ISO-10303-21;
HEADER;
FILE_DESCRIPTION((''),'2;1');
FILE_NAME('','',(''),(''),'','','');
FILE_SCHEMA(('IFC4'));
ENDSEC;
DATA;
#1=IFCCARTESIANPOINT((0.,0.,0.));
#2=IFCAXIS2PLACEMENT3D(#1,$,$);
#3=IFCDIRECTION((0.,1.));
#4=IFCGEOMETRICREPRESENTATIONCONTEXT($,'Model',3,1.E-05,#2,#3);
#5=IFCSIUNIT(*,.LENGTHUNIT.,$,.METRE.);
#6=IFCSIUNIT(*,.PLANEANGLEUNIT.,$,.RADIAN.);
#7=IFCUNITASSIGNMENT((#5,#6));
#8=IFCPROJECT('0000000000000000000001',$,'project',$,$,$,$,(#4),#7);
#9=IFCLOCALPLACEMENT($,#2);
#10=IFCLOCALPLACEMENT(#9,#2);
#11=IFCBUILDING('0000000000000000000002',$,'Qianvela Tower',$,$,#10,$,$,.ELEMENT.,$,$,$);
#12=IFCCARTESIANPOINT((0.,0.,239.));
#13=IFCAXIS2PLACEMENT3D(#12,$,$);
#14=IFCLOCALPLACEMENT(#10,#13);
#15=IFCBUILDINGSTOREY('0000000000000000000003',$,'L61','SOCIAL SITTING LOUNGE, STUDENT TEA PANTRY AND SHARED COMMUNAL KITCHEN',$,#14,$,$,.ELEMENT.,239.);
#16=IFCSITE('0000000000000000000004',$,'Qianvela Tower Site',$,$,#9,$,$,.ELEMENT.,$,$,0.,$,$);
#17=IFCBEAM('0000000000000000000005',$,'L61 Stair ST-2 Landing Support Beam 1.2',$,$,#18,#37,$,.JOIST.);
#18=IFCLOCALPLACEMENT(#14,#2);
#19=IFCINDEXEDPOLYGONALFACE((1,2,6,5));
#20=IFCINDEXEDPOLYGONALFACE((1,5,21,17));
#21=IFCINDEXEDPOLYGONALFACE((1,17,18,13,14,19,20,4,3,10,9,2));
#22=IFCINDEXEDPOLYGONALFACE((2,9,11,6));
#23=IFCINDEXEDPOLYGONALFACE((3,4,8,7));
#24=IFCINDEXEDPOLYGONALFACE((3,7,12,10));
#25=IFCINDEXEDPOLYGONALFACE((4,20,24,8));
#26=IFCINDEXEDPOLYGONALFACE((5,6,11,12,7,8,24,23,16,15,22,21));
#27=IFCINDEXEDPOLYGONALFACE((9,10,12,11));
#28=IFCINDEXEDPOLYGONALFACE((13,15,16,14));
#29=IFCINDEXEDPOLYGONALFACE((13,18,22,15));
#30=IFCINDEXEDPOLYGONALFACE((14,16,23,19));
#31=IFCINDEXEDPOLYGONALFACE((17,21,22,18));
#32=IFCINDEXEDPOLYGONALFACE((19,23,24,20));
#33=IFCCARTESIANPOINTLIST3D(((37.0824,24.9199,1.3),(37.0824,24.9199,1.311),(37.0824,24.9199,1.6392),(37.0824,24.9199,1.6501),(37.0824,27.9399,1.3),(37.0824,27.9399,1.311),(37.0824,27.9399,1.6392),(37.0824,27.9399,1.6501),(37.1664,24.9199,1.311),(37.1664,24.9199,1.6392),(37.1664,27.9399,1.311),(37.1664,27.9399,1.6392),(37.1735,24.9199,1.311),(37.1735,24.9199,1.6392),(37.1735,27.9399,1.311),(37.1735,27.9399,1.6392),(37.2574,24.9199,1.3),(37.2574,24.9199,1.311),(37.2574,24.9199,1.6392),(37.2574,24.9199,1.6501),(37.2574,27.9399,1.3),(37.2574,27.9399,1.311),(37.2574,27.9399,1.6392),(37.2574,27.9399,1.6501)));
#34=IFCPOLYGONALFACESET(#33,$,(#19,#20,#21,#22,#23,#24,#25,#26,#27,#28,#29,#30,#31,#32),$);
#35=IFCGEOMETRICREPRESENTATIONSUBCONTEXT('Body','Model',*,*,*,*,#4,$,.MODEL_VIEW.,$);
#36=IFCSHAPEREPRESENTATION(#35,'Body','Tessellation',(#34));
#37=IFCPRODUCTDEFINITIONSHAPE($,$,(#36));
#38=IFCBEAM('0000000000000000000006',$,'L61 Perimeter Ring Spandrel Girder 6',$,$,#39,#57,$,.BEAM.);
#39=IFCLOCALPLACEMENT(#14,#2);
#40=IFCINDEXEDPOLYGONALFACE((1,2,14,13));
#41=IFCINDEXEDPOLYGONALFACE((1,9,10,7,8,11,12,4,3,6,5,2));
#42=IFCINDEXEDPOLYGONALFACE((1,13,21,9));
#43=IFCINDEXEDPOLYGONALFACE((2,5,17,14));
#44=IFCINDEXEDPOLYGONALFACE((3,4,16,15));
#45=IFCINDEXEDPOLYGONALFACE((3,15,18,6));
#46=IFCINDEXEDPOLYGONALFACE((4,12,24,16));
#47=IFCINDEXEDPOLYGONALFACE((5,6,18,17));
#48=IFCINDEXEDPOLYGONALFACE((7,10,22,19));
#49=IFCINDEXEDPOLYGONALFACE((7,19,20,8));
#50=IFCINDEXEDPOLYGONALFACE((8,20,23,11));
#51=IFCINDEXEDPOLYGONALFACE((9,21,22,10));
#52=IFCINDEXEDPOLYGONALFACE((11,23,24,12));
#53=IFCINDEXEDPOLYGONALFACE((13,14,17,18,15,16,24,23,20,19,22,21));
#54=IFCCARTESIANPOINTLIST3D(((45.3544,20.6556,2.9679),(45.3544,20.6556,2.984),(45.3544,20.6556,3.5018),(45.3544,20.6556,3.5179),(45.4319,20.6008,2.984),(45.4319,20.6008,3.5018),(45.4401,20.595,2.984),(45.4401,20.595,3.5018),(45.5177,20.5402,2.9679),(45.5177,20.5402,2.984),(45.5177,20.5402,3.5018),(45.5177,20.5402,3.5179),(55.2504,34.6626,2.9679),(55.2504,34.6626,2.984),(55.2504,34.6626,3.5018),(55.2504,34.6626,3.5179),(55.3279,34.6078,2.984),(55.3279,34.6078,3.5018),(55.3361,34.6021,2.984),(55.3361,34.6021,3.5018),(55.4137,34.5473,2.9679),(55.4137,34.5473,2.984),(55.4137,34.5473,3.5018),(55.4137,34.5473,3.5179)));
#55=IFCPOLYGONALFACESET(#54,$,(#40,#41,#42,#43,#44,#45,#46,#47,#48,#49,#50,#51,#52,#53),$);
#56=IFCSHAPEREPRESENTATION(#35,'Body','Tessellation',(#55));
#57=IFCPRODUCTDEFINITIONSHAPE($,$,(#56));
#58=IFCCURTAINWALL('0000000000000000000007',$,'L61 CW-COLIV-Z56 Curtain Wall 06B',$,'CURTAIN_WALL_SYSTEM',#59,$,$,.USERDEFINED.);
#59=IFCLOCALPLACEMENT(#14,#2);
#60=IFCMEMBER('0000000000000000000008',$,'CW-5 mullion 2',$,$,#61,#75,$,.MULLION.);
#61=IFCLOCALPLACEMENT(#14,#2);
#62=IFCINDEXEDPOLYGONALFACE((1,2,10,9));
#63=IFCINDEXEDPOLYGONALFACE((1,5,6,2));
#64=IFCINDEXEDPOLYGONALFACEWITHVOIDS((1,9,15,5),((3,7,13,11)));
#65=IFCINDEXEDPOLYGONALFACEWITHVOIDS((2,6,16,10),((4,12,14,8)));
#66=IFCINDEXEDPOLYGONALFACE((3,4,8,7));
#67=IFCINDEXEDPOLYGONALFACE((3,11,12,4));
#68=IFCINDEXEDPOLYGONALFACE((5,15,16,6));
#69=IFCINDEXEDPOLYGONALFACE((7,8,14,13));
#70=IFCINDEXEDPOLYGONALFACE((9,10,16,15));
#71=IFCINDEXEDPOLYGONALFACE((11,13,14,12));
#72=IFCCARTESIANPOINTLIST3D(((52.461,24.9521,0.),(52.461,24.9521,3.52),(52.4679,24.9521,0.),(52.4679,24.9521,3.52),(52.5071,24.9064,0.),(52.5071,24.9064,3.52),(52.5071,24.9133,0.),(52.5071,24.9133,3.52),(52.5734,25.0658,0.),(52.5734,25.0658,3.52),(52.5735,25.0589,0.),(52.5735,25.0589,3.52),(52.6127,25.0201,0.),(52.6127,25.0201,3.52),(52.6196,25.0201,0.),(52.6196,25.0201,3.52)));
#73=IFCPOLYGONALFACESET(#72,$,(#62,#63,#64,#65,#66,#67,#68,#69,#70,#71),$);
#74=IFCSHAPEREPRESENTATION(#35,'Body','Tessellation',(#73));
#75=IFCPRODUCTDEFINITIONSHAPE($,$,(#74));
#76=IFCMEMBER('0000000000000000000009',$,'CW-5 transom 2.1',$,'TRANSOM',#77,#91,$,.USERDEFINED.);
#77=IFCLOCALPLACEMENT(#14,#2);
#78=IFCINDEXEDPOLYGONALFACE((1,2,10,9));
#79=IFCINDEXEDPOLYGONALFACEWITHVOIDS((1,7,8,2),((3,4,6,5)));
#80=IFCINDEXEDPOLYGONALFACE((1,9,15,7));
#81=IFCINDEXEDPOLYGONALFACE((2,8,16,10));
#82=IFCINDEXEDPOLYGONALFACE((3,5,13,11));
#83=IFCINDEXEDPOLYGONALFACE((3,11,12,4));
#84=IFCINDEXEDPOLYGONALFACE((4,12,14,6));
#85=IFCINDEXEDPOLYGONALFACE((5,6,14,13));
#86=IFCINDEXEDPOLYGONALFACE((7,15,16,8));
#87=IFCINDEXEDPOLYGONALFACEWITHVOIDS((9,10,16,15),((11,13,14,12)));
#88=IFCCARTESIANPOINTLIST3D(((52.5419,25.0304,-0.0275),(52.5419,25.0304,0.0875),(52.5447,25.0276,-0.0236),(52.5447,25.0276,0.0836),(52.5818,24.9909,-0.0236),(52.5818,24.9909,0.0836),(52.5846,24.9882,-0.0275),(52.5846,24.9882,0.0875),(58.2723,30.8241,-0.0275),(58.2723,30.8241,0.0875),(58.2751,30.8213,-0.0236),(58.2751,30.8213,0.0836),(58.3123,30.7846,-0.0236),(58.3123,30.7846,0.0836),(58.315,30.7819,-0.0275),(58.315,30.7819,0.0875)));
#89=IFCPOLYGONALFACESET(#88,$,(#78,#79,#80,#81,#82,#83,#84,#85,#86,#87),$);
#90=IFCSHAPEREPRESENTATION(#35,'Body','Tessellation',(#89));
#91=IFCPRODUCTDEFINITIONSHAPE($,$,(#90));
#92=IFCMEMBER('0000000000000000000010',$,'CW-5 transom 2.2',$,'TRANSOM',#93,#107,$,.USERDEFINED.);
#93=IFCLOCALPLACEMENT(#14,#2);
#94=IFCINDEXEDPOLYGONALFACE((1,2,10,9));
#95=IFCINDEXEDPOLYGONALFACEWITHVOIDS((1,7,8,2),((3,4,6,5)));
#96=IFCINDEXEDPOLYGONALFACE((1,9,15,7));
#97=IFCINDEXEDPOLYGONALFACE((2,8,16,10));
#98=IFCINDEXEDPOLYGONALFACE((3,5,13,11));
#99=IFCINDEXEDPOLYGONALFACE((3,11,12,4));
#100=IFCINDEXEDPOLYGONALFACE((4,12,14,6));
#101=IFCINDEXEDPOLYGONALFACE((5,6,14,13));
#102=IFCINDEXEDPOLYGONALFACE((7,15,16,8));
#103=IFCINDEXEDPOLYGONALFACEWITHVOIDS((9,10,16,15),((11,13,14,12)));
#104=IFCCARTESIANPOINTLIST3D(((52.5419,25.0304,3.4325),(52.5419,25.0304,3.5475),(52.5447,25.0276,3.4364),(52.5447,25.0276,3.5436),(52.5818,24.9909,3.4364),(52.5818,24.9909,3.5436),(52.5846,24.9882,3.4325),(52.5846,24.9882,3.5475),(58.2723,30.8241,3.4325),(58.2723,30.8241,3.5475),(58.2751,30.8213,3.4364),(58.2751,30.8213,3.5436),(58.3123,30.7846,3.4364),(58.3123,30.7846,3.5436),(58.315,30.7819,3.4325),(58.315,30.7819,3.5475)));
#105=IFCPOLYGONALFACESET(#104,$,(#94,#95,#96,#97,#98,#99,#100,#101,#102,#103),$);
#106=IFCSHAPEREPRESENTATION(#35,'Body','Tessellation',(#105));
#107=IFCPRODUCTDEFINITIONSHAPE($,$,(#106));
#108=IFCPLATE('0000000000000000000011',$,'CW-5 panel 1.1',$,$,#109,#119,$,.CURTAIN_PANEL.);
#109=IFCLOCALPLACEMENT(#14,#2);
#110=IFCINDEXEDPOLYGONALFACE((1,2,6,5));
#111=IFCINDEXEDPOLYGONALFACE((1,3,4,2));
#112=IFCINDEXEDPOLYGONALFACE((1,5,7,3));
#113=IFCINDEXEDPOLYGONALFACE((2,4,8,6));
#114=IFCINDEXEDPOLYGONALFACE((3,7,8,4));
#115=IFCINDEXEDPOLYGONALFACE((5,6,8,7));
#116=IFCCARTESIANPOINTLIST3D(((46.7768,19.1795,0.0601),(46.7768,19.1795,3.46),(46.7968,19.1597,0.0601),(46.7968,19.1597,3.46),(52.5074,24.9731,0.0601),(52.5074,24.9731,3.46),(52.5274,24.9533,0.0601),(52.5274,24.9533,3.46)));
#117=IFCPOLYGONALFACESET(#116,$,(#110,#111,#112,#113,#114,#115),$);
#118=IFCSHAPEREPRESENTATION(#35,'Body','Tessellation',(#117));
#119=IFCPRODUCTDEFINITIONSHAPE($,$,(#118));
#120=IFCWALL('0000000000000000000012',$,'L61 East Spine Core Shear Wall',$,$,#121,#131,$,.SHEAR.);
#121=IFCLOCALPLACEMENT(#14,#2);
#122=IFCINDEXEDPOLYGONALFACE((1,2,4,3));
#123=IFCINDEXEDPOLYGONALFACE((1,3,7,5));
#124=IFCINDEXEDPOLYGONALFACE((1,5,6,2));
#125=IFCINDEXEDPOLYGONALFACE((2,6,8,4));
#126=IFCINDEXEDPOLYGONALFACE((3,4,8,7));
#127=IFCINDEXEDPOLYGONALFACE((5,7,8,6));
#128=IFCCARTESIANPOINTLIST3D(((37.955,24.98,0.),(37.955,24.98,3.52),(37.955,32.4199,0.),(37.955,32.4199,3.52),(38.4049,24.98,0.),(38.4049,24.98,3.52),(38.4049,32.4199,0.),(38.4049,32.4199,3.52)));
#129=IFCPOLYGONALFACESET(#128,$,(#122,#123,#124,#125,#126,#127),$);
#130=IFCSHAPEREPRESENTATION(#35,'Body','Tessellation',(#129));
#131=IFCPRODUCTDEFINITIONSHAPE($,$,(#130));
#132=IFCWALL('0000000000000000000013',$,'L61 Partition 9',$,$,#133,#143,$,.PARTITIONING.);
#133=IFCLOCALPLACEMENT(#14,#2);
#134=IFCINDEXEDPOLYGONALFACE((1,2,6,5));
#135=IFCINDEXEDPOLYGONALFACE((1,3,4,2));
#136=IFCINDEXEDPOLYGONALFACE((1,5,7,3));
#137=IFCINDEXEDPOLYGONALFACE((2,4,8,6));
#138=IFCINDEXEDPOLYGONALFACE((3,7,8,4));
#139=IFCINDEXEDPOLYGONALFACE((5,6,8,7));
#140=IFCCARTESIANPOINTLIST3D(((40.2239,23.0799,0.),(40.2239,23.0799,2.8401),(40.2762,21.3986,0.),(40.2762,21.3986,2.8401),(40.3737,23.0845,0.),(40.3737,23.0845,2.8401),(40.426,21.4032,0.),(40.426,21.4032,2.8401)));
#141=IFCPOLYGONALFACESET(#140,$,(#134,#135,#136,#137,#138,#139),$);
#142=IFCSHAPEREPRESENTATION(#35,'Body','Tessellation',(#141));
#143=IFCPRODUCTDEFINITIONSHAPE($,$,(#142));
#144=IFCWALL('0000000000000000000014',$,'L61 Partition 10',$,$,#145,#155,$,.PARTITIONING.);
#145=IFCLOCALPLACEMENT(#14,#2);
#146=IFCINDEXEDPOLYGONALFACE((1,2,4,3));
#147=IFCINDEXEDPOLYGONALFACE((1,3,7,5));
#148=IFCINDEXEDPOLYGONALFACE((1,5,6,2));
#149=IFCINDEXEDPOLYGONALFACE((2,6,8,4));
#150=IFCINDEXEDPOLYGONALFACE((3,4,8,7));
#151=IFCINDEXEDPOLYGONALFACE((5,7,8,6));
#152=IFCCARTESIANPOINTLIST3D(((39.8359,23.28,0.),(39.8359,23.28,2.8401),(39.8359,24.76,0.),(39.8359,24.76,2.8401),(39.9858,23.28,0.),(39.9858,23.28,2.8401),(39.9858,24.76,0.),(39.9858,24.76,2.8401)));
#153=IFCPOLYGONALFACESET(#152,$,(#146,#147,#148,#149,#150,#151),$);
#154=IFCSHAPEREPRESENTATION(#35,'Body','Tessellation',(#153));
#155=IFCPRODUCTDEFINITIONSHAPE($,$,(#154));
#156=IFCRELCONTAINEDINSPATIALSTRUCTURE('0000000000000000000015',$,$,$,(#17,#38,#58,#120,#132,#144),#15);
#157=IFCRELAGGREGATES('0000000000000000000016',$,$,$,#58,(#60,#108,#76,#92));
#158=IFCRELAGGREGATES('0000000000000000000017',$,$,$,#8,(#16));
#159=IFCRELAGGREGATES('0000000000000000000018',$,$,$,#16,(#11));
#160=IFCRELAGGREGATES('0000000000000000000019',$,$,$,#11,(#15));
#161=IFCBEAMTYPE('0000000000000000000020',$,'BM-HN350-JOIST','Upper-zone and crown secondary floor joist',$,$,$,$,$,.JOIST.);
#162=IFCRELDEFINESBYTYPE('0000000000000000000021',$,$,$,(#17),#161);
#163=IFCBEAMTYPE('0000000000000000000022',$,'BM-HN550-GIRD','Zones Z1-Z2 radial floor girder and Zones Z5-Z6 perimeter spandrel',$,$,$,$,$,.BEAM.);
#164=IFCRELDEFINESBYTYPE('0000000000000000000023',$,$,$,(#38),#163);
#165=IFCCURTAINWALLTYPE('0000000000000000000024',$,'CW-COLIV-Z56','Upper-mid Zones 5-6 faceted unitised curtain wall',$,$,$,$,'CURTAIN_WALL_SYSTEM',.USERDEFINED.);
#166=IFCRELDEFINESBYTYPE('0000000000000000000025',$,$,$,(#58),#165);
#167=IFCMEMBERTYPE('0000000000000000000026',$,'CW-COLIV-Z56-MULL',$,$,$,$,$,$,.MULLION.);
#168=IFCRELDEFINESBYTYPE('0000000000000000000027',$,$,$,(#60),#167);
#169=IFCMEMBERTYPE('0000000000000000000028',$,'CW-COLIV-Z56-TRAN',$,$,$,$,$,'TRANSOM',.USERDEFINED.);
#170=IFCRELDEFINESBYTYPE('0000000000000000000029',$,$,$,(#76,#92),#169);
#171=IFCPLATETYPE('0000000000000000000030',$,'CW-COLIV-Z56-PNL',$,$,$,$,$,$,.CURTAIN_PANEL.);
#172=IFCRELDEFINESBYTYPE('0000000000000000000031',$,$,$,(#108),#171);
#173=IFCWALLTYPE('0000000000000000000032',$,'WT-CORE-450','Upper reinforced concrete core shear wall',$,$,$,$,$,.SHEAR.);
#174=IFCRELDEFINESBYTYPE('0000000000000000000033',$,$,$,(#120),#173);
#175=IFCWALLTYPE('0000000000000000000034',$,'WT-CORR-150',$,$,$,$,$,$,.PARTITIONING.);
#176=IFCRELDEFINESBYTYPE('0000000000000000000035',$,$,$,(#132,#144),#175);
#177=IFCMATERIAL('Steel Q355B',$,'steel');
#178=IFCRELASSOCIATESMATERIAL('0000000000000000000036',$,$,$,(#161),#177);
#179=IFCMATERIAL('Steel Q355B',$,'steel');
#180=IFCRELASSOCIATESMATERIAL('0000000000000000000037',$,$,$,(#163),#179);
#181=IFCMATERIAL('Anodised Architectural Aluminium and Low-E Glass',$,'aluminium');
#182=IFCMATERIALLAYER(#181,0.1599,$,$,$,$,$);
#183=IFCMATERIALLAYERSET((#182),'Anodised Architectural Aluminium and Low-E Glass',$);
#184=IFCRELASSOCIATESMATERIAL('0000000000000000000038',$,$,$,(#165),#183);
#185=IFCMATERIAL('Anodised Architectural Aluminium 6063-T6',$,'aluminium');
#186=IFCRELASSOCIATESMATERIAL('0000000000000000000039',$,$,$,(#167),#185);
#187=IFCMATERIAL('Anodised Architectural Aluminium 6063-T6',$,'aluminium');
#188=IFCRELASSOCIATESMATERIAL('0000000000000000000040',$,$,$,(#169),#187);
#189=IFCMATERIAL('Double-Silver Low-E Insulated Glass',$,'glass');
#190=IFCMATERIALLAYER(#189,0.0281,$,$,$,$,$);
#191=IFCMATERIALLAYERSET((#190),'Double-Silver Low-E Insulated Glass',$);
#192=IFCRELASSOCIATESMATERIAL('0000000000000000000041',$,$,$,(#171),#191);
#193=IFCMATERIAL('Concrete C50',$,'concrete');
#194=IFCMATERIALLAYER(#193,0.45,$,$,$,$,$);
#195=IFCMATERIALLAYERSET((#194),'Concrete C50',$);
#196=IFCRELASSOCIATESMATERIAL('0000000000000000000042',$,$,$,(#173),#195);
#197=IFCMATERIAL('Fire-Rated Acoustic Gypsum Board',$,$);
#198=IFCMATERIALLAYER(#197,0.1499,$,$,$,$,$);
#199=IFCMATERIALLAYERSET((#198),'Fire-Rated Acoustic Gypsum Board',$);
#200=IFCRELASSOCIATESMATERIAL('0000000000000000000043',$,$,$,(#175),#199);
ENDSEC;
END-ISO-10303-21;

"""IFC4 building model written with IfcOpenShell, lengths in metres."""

from ifc_helpers import new_model, si_unit, direction, frame, frame_2d, origin, origin_2d, place, context, subcontext, project, spatial, rectangle, hollow_rectangle, i_section, extrude, material, layer, layer_set, material_profile, profile_set, type_object, element, aggregate, save


model = new_model("IFC4")

# Units and contexts
model_context = context("Model", 3, precision=1e-05, world=origin(), true_north=direction((0.0, 1.0)))
body_context = subcontext(model_context, "Body", "Model", "MODEL_VIEW")
ifc_project = project(units=[si_unit("LENGTHUNIT", "METRE"), si_unit("PLANEANGLEUNIT", "RADIAN")], contexts=[model_context])

# Site, building, storey
site_placement = place(None, origin())
site = spatial("IfcSite", under=ifc_project, at=site_placement, Name="Qianvela Tower Site", CompositionType="ELEMENT", RefElevation=0.0)
building_placement = place(site_placement, origin())
building = spatial("IfcBuilding", under=site, at=building_placement, Name="Qianvela Tower", CompositionType="ELEMENT")
storey_placement = place(building_placement, frame((0.0, 0.0, 239.0)))
storey = spatial("IfcBuildingStorey", under=building, at=storey_placement, Name="L61", Description="SOCIAL SITTING LOUNGE, STUDENT TEA PANTRY AND SHARED COMMUNAL KITCHEN", CompositionType="ELEMENT", Elevation=239.0)

# Beams
ifc_material_1 = material(Name="Steel Q355B", Category="steel")
ifc_material_profile_1 = material_profile(ifc_material_1, i_section(OverallWidth=0.175, OverallDepth=0.3501, WebThickness=0.0071, FlangeThickness=0.011, at=origin_2d()), Name="HN350x175x7x11")
ifc_profile_set_1 = profile_set([ifc_material_profile_1], Name="Steel Q355B")
beam_type_1 = type_object("IfcBeamType", Name="BM-HN350-JOIST", Description="Upper-zone and crown secondary floor joist", PredefinedType="JOIST", material=ifc_profile_set_1)
for number, where, z_axis, x_axis, name in (
    (1, (37.1699, 24.9199, 1.4751), (0.0, 1.0, 0.0), (-1.0, 0.0, 0.0), "L61 Stair ST-2 Landing Support Beam 1.2"),
):
    element("IfcBeam", number, at=place(storey_placement, frame(where, z_axis=z_axis, x_axis=x_axis)), inside=storey, type_object=beam_type_1, Name=name, PredefinedType="JOIST", context=body_context, shape_type="SweptSolid", body=[
        extrude(i_section(OverallWidth=0.175, OverallDepth=0.3501, WebThickness=0.0071, FlangeThickness=0.011, at=origin_2d()), origin(), (0.0, 0.0, 1.0), 3.02),
    ])
ifc_material_2 = material(Name="Steel Q355B", Category="steel")
ifc_material_profile_2 = material_profile(ifc_material_2, i_section(OverallWidth=0.2, OverallDepth=0.55, WebThickness=0.01, FlangeThickness=0.0161, at=origin_2d()), Name="HN550x200x10x16")
ifc_profile_set_2 = profile_set([ifc_material_profile_2], Name="Steel Q355B")
beam_type_2 = type_object("IfcBeamType", Name="BM-HN550-GIRD", Description="Zones Z1-Z2 radial floor girder and Zones Z5-Z6 perimeter spandrel", PredefinedType="BEAM", material=ifc_profile_set_2)
beam_placement = place(storey_placement, frame((45.436, 20.5979, 3.2429), z_axis=(0.57702, 0.81673, 0.0), x_axis=(-0.81673, 0.57702, 0.0)))
element("IfcBeam", 2, at=beam_placement, inside=storey, type_object=beam_type_2, Name="L61 Perimeter Ring Spandrel Girder 6", PredefinedType="BEAM", context=body_context, shape_type="SweptSolid", body=[
    extrude(i_section(OverallWidth=0.2, OverallDepth=0.55, WebThickness=0.01, FlangeThickness=0.0161, at=origin_2d()), origin(), (0.0, 0.0, 1.0), 17.1501),
])

# Curtain wall, members, plate
ifc_material_3 = material(Name="Anodised Architectural Aluminium and Low-E Glass", Category="aluminium")
ifc_layer_1 = layer(ifc_material_3, 0.1599)
ifc_layer_set_1 = layer_set([ifc_layer_1], Name="Anodised Architectural Aluminium and Low-E Glass")
curtain_wall_type = type_object("IfcCurtainWallType", Name="CW-COLIV-Z56", Description="Upper-mid Zones 5-6 faceted unitised curtain wall", ElementType="CURTAIN_WALL_SYSTEM", PredefinedType="USERDEFINED", material=ifc_layer_set_1)
curtain_wall_placement = place(storey_placement, origin())
curtain_wall = element("IfcCurtainWall", 3, at=curtain_wall_placement, inside=storey, type_object=curtain_wall_type, Name="L61 CW-COLIV-Z56 Curtain Wall 06B", ObjectType="CURTAIN_WALL_SYSTEM", PredefinedType="USERDEFINED")
ifc_material_4 = material(Name="Anodised Architectural Aluminium 6063-T6", Category="aluminium")
ifc_material_profile_3 = material_profile(ifc_material_4, hollow_rectangle(XDim=0.0649, YDim=0.1599, WallThickness=0.0049, at=origin_2d()), Name="ALU-MULL-65x160")
ifc_profile_set_3 = profile_set([ifc_material_profile_3], Name="Anodised Architectural Aluminium 6063-T6")
member_type_1 = type_object("IfcMemberType", Name="CW-COLIV-Z56-MULL", PredefinedType="MULLION", material=ifc_profile_set_3)
member_1_placement = place(storey_placement, frame((52.5403, 24.9861, 0.0), z_axis=(0.0, 0.0, 1.0), x_axis=(-0.710962, 0.703231, 0.0)))
member_1 = element("IfcMember", 4, at=member_1_placement, type_object=member_type_1, Name="CW-5 mullion 2", PredefinedType="MULLION", context=body_context, shape_type="SweptSolid", body=[
    extrude(hollow_rectangle(XDim=0.0649, YDim=0.1599, WallThickness=0.0049, at=origin_2d()), origin(), (0.0, 0.0, 1.0), 3.52),
])
ifc_material_5 = material(Name="Anodised Architectural Aluminium 6063-T6", Category="aluminium")
ifc_material_profile_4 = material_profile(ifc_material_5, hollow_rectangle(XDim=0.0601, YDim=0.115, WallThickness=0.0039, at=origin_2d()), Name="ALU-TRAN-60x115")
ifc_profile_set_4 = profile_set([ifc_material_profile_4], Name="Anodised Architectural Aluminium 6063-T6")
member_type_2 = type_object("IfcMemberType", Name="CW-COLIV-Z56-TRAN", ElementType="TRANSOM", PredefinedType="USERDEFINED", material=ifc_profile_set_4)
member_2_placement = place(storey_placement, frame((52.5632, 25.0093, 0.03), z_axis=(0.703216, 0.710976, 0.0), x_axis=(-0.710976, 0.703216, 0.0)))
member_2 = element("IfcMember", 5, at=member_2_placement, type_object=member_type_2, Name="CW-5 transom 2.1", ObjectType="TRANSOM", PredefinedType="USERDEFINED", context=body_context, shape_type="SweptSolid", body=[
    extrude(hollow_rectangle(XDim=0.0601, YDim=0.115, WallThickness=0.0039, at=origin_2d()), origin(), (0.0, 0.0, 1.0), 8.1489),
])
member_3_placement = place(storey_placement, frame((52.5632, 25.0093, 3.49), z_axis=(0.703216, 0.710976, 0.0), x_axis=(-0.710976, 0.703216, 0.0)))
member_3 = element("IfcMember", 6, at=member_3_placement, type_object=member_type_2, Name="CW-5 transom 2.2", ObjectType="TRANSOM", PredefinedType="USERDEFINED", context=body_context, shape_type="SweptSolid", body=[
    extrude(hollow_rectangle(XDim=0.0601, YDim=0.115, WallThickness=0.0039, at=origin_2d()), origin(), (0.0, 0.0, 1.0), 8.1489),
])
ifc_material_6 = material(Name="Double-Silver Low-E Insulated Glass", Category="glass")
ifc_layer_2 = layer(ifc_material_6, 0.0281)
ifc_layer_set_2 = layer_set([ifc_layer_2], Name="Double-Silver Low-E Insulated Glass")
plate_type = type_object("IfcPlateType", Name="CW-COLIV-Z56-PNL", PredefinedType="CURTAIN_PANEL", material=ifc_layer_set_2)
plate_placement = place(storey_placement, frame((49.6521, 22.0664, 0.0601), z_axis=(0.0, 0.0, 1.0), x_axis=(0.703231, 0.710962, 0.0)))
plate = element("IfcPlate", 7, at=plate_placement, type_object=plate_type, Name="CW-5 panel 1.1", PredefinedType="CURTAIN_PANEL", context=body_context, shape_type="SweptSolid", body=[
    extrude(rectangle(XDim=8.1489, YDim=0.0281, at=origin_2d()), origin(), (0.0, 0.0, 1.0), 3.3999),
])
aggregate(curtain_wall, [member_1, plate, member_2, member_3])

# Walls
ifc_material_7 = material(Name="Concrete C50", Category="concrete")
ifc_layer_3 = layer(ifc_material_7, 0.45)
ifc_layer_set_3 = layer_set([ifc_layer_3], Name="Concrete C50")
wall_type_1 = type_object("IfcWallType", Name="WT-CORE-450", Description="Upper reinforced concrete core shear wall", PredefinedType="SHEAR", material=ifc_layer_set_3)
wall_1_placement = place(storey_placement, frame((38.1799, 24.98, 0.0), z_axis=(0.0, 0.0, 1.0), x_axis=(0.0, 1.0, 0.0)))
element("IfcWall", 8, at=wall_1_placement, inside=storey, type_object=wall_type_1, Name="L61 East Spine Core Shear Wall", PredefinedType="SHEAR", context=body_context, shape_type="SweptSolid", body=[
    extrude(rectangle(XDim=7.4399, YDim=0.45, at=frame_2d((3.72, 0.0))), origin(), (0.0, 0.0, 1.0), 3.52),
])
ifc_material_8 = material(Name="Fire-Rated Acoustic Gypsum Board")
ifc_layer_4 = layer(ifc_material_8, 0.1499)
ifc_layer_set_4 = layer_set([ifc_layer_4], Name="Fire-Rated Acoustic Gypsum Board")
wall_type_2 = type_object("IfcWallType", Name="WT-CORR-150", PredefinedType="PARTITIONING", material=ifc_layer_set_4)
wall_2_placement = place(storey_placement, frame((40.3511, 21.4009, 0.0), z_axis=(0.0, 0.0, 1.0), x_axis=(-0.031058, 0.999518, 0.0)))
element("IfcWall", 9, at=wall_2_placement, inside=storey, type_object=wall_type_2, Name="L61 Partition 9", PredefinedType="PARTITIONING", context=body_context, shape_type="SweptSolid", body=[
    extrude(rectangle(XDim=1.6821, YDim=0.1499, at=frame_2d((0.8411, 0.0))), origin(), (0.0, 0.0, 1.0), 2.8401),
])
wall_3_placement = place(storey_placement, frame((39.9109, 23.28, 0.0), z_axis=(0.0, 0.0, 1.0), x_axis=(0.0, 1.0, 0.0)))
element("IfcWall", 10, at=wall_3_placement, inside=storey, type_object=wall_type_2, Name="L61 Partition 10", PredefinedType="PARTITIONING", context=body_context, shape_type="SweptSolid", body=[
    extrude(rectangle(XDim=1.48, YDim=0.1499, at=frame_2d((0.74, 0.0))), origin(), (0.0, 0.0, 1.0), 2.8401),
])

save(model, "model.ifc")
